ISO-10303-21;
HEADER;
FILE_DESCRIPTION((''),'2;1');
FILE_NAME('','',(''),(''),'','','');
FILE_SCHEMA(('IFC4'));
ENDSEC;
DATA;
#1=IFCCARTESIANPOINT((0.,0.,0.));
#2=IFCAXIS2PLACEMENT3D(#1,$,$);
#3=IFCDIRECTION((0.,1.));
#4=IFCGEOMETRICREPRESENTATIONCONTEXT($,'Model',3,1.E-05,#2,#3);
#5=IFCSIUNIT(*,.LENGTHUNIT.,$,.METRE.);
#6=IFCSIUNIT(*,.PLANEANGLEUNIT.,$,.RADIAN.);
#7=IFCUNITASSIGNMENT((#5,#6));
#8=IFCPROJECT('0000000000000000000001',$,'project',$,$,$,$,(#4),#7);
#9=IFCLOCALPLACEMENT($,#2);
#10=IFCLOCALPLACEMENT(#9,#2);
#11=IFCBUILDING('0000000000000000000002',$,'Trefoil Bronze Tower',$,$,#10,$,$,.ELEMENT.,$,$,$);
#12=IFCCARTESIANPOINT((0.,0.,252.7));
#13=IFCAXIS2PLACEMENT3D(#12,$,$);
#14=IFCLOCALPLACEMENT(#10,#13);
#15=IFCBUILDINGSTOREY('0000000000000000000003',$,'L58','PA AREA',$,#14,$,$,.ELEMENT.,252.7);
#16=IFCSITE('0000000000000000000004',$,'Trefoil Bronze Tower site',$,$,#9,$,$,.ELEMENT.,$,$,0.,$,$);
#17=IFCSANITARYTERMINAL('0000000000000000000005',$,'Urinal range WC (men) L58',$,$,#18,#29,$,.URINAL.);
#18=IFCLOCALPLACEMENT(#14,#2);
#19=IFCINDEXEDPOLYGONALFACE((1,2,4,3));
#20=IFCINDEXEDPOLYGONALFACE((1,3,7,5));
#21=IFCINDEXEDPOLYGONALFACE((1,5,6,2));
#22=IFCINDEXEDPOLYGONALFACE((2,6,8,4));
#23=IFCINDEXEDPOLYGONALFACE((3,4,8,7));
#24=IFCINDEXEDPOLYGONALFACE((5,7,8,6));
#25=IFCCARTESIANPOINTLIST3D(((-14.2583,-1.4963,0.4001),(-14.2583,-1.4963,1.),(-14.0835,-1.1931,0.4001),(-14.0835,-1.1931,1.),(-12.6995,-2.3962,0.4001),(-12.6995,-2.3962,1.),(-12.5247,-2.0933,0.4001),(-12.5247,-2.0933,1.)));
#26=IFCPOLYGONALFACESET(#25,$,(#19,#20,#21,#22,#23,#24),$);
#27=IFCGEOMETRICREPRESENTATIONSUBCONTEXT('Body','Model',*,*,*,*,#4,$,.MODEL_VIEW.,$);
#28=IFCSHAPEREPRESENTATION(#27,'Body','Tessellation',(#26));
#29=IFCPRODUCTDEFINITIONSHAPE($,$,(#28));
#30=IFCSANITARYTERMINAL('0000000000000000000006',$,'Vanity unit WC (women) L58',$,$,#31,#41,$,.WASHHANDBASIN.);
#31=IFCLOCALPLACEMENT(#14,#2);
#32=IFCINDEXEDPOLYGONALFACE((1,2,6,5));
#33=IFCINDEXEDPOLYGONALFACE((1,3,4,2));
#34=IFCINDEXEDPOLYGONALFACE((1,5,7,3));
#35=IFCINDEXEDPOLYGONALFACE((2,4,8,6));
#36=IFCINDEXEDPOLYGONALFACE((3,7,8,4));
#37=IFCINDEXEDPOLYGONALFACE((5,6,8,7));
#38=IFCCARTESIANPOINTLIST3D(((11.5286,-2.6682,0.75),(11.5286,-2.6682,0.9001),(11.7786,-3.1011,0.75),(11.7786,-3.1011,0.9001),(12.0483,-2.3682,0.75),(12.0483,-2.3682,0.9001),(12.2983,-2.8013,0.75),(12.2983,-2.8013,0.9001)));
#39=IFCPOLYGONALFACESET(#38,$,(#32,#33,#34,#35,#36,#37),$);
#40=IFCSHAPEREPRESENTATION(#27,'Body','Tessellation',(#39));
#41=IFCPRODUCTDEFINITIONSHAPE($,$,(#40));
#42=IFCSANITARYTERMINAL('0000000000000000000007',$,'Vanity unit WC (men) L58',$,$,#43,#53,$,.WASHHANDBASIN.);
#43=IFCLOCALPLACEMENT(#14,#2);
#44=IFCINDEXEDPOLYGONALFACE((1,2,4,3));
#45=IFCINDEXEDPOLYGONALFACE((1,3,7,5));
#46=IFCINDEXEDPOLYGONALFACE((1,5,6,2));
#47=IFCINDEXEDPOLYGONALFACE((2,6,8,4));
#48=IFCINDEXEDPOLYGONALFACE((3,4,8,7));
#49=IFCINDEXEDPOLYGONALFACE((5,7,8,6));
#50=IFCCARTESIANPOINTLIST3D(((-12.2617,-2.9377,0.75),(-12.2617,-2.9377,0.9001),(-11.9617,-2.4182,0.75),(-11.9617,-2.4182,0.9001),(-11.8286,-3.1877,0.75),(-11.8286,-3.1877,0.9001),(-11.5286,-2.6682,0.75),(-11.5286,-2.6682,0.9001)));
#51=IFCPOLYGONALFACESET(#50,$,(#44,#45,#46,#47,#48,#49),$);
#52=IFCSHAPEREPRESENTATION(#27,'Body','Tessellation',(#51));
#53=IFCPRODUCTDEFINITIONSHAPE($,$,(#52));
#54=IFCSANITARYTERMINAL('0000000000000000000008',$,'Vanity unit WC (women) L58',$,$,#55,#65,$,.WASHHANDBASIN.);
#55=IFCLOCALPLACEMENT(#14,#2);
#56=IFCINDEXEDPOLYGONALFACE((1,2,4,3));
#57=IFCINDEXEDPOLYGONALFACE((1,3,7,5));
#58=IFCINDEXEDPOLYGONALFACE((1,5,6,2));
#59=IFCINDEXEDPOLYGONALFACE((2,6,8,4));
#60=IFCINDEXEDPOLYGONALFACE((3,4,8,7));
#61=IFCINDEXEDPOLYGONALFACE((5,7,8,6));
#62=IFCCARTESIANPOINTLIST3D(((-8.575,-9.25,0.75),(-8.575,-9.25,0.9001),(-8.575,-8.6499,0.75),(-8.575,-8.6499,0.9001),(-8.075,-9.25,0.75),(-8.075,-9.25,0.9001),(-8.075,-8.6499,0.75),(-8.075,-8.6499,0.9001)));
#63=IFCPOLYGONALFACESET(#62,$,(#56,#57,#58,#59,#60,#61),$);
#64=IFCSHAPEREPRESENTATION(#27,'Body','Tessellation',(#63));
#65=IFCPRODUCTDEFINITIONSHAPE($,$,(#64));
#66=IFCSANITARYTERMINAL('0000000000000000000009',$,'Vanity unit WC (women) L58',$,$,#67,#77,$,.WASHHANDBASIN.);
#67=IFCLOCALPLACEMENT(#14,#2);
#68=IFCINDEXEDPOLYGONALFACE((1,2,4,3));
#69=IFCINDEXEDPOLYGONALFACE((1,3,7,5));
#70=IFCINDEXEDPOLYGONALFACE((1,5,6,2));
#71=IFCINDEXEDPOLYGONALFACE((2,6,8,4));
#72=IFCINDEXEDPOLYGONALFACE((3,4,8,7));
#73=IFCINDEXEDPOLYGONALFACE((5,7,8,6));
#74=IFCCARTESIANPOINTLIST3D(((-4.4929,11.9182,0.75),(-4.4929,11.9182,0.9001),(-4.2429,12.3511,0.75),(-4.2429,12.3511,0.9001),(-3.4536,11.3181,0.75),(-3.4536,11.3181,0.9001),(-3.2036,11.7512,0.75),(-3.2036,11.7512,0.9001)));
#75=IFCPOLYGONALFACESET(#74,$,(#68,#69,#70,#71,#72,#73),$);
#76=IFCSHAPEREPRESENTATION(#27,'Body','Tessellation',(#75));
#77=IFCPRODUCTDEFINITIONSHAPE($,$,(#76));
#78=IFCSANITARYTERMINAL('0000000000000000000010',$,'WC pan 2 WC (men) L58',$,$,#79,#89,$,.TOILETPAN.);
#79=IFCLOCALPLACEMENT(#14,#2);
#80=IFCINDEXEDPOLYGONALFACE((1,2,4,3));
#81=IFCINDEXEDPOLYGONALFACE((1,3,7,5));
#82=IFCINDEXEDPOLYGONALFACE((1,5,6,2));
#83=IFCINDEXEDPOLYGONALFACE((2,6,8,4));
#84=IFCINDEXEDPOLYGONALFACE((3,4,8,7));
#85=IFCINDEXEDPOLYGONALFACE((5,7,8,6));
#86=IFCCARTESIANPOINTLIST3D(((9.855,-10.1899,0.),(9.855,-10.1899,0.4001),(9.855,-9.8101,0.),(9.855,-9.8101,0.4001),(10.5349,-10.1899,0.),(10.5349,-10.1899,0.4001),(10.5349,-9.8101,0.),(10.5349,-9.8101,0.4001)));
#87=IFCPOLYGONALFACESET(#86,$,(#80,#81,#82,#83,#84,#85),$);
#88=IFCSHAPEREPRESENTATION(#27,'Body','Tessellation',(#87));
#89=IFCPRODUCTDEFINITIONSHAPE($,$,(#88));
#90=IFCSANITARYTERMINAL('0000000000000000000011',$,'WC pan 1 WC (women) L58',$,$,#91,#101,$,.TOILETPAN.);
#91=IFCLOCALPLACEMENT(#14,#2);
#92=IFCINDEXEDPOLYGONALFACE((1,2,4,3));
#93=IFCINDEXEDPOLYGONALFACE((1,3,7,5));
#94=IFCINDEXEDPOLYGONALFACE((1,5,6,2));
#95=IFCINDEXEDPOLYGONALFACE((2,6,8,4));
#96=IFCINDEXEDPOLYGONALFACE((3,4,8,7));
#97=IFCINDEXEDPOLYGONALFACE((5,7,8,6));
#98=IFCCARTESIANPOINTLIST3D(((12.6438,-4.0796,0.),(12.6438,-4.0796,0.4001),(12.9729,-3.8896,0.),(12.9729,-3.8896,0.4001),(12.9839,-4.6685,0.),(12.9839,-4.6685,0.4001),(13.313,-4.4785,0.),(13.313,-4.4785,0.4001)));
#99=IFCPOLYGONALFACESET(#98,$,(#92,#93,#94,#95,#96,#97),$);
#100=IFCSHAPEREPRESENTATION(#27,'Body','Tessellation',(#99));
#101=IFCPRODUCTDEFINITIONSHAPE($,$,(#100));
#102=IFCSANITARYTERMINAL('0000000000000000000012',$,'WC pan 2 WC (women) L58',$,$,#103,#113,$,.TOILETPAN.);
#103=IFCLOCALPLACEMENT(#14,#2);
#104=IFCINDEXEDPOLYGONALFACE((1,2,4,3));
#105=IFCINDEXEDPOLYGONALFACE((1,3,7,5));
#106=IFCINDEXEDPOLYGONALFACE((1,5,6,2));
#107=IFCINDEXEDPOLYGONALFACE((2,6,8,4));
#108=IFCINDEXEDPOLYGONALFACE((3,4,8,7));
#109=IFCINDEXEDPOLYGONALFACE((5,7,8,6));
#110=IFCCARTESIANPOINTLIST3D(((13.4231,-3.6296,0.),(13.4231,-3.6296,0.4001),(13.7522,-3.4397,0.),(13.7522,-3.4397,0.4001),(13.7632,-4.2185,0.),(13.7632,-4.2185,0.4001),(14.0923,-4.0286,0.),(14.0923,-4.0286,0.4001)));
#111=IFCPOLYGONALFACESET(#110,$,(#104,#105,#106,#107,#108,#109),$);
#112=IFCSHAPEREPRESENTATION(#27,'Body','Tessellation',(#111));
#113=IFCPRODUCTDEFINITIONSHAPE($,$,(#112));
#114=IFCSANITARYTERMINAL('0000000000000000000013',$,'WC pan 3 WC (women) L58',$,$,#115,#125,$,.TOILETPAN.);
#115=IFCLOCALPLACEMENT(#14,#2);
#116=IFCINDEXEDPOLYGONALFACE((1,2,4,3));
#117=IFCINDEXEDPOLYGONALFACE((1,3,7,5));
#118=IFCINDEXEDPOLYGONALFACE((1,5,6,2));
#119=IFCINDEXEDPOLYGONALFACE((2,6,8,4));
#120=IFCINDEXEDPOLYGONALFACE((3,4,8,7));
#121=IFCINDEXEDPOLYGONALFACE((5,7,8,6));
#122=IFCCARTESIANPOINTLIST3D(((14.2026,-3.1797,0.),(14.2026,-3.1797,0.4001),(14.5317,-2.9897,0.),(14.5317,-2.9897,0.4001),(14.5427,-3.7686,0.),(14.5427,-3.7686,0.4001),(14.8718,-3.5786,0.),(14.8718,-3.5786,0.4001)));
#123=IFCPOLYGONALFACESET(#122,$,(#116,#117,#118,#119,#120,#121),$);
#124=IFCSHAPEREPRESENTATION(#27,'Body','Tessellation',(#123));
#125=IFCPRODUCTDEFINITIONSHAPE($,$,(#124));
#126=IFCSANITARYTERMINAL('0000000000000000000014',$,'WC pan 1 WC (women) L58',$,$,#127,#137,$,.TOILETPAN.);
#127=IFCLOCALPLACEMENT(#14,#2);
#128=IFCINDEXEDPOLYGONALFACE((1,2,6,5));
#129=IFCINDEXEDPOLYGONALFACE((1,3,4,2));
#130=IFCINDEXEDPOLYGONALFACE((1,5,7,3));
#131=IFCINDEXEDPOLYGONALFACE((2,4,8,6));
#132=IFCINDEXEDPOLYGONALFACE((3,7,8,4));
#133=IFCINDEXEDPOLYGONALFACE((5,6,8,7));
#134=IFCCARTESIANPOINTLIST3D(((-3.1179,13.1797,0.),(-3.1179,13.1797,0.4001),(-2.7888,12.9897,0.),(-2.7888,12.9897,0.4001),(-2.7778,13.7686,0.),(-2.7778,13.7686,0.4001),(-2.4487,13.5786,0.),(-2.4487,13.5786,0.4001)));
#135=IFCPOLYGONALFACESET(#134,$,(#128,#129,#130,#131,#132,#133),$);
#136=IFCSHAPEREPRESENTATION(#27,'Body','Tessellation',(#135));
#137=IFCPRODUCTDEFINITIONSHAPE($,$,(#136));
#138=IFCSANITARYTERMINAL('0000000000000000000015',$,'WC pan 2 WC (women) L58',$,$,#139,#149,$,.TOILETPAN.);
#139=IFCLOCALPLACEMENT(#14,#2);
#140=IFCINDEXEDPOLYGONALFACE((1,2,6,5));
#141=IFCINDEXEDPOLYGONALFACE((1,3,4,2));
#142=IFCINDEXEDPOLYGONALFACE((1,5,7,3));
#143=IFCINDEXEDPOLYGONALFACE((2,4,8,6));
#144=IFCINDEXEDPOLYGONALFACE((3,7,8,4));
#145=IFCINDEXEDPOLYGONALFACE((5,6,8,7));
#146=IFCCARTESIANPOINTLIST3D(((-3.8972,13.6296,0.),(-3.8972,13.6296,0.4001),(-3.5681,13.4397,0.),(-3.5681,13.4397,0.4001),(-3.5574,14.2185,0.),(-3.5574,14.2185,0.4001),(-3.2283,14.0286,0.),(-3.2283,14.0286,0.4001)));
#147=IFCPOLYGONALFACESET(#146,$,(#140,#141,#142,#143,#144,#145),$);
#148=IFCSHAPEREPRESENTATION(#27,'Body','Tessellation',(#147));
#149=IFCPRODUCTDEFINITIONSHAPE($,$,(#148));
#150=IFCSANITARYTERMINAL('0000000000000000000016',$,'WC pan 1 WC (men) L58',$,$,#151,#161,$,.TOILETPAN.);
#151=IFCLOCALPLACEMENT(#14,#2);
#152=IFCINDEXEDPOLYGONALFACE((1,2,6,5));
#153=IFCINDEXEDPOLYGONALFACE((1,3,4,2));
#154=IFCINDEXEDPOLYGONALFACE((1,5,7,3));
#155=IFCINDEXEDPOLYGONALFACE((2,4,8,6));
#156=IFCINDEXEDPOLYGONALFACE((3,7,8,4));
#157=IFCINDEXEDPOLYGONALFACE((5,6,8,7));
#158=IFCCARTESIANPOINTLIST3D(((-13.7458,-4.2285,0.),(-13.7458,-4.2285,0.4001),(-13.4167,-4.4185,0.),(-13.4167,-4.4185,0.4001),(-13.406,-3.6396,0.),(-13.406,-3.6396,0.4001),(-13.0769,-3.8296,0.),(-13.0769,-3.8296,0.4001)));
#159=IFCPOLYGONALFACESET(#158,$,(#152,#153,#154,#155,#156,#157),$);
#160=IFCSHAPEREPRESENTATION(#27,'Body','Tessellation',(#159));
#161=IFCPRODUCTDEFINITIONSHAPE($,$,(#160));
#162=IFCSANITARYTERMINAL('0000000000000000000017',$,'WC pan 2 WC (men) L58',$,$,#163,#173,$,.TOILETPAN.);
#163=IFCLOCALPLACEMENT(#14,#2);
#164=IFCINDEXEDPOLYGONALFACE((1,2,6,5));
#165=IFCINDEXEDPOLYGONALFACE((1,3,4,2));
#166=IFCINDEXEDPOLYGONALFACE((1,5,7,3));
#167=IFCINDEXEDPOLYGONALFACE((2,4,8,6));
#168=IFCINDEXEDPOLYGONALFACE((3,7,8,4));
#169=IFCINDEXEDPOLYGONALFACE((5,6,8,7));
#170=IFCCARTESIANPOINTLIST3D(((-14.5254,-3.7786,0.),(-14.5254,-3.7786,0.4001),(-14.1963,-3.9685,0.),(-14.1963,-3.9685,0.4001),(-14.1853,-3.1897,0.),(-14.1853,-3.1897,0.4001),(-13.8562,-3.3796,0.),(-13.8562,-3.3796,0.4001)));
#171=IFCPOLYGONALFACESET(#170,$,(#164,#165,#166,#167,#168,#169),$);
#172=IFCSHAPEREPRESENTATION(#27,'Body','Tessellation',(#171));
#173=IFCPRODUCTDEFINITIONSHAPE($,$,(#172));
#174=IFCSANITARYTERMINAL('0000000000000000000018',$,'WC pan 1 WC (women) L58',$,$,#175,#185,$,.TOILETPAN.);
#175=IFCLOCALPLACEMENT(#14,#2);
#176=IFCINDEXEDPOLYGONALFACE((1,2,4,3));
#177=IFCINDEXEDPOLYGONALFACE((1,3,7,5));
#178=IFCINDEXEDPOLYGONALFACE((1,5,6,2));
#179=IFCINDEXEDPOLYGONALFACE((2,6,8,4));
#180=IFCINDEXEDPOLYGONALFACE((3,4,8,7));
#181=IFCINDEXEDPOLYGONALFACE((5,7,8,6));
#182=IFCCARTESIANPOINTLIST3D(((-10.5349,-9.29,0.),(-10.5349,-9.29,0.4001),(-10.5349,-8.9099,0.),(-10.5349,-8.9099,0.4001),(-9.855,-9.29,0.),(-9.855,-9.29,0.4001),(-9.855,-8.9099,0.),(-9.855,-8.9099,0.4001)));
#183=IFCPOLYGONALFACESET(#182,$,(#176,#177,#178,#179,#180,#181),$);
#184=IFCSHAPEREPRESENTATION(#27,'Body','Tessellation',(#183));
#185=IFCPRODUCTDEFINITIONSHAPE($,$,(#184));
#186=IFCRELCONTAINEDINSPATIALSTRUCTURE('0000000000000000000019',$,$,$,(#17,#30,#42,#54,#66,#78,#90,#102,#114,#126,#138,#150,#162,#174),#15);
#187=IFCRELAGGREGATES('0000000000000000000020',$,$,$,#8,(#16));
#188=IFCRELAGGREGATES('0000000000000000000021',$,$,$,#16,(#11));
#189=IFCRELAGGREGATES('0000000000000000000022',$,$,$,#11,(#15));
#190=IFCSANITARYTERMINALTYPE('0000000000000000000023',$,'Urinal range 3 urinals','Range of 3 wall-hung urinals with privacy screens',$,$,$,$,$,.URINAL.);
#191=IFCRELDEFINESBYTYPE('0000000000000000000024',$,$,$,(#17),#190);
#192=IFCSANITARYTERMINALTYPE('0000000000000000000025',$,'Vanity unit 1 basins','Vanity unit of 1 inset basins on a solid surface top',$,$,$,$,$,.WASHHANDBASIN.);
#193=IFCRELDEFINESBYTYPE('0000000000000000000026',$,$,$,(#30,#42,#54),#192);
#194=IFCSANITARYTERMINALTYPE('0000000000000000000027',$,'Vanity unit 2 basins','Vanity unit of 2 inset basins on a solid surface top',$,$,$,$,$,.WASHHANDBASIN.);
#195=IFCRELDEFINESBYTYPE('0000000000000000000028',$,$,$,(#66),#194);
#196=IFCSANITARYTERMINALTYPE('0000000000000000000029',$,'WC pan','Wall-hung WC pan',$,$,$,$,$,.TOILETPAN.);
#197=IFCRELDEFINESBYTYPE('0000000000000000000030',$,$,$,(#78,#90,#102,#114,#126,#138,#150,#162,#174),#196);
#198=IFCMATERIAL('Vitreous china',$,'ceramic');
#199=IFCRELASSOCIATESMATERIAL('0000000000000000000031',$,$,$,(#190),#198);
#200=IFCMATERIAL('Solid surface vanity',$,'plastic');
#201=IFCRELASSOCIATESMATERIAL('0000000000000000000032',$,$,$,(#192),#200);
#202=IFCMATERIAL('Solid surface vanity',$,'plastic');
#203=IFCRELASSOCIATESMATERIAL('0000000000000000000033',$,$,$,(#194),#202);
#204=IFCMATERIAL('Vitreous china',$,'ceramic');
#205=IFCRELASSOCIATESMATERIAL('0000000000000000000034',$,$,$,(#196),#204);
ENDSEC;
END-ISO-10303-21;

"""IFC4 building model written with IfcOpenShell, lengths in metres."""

from ifc_helpers import new_model, si_unit, direction, frame, origin, place, context, subcontext, project, spatial, polyline, outline, extrude, material, type_object, element, save


model = new_model("IFC4")

# Units and contexts
model_context = context("Model", 3, precision=1e-05, world=origin(), true_north=direction((0.0, 1.0)))
body_context = subcontext(model_context, "Body", "Model", "MODEL_VIEW")
ifc_project = project(units=[si_unit("LENGTHUNIT", "METRE"), si_unit("PLANEANGLEUNIT", "RADIAN")], contexts=[model_context])

# Site, building, storey
site_placement = place(None, origin())
site = spatial("IfcSite", under=ifc_project, at=site_placement, Name="Trefoil Bronze Tower site", CompositionType="ELEMENT", RefElevation=0.0)
building_placement = place(site_placement, origin())
building = spatial("IfcBuilding", under=site, at=building_placement, Name="Trefoil Bronze Tower", CompositionType="ELEMENT")
storey_placement = place(building_placement, frame((0.0, 0.0, 252.7)))
storey = spatial("IfcBuildingStorey", under=building, at=storey_placement, Name="L58", Description="PA AREA", CompositionType="ELEMENT", Elevation=252.7)

# Sanitary terminals
ifc_material_1 = material(Name="Vitreous china", Category="ceramic")
sanitary_terminal_type_1 = type_object("IfcSanitaryTerminalType", Name="Urinal range 3 urinals", Description="Range of 3 wall-hung urinals with privacy screens", PredefinedType="URINAL", material=ifc_material_1)
sanitary_terminal_1_placement = place(storey_placement, frame((0.0, 0.0, 0.4001)))
element("IfcSanitaryTerminal", 1, at=sanitary_terminal_1_placement, inside=storey, type_object=sanitary_terminal_type_1, Name="Urinal range WC (men) L58", PredefinedType="URINAL", context=body_context, shape_type="SweptSolid", body=[
    extrude(outline(polyline([(-12.5247, -2.0933), (-12.6995, -2.3962), (-14.2583, -1.4963), (-14.0835, -1.1931), (-12.5247, -2.0933)])), origin(), (0.0, 0.0, 1.0), 0.5999),
])
ifc_material_2 = material(Name="Solid surface vanity", Category="plastic")
sanitary_terminal_type_2 = type_object("IfcSanitaryTerminalType", Name="Vanity unit 1 basins", Description="Vanity unit of 1 inset basins on a solid surface top", PredefinedType="WASHHANDBASIN", material=ifc_material_2)
sanitary_terminal_2_placement = place(storey_placement, frame((0.0, 0.0, 0.75)))
element("IfcSanitaryTerminal", 2, at=sanitary_terminal_2_placement, inside=storey, type_object=sanitary_terminal_type_2, Name="Vanity unit WC (women) L58", PredefinedType="WASHHANDBASIN", context=body_context, shape_type="SweptSolid", body=[
    extrude(outline(polyline([(11.5286, -2.6682), (11.7786, -3.1011), (12.2983, -2.8013), (12.0483, -2.3682), (11.5286, -2.6682)])), origin(), (0.0, 0.0, 1.0), 0.1501),
])
sanitary_terminal_3_placement = place(storey_placement, frame((0.0, 0.0, 0.75)))
element("IfcSanitaryTerminal", 3, at=sanitary_terminal_3_placement, inside=storey, type_object=sanitary_terminal_type_2, Name="Vanity unit WC (men) L58", PredefinedType="WASHHANDBASIN", context=body_context, shape_type="SweptSolid", body=[
    extrude(outline(polyline([(-11.5286, -2.6682), (-11.8286, -3.1877), (-12.2617, -2.9377), (-11.9617, -2.4182), (-11.5286, -2.6682)])), origin(), (0.0, 0.0, 1.0), 0.1501),
])
sanitary_terminal_4_placement = place(storey_placement, frame((0.0, 0.0, 0.75)))
element("IfcSanitaryTerminal", 4, at=sanitary_terminal_4_placement, inside=storey, type_object=sanitary_terminal_type_2, Name="Vanity unit WC (women) L58", PredefinedType="WASHHANDBASIN", context=body_context, shape_type="SweptSolid", body=[
    extrude(outline(polyline([(-8.075, -8.6499), (-8.575, -8.6499), (-8.575, -9.25), (-8.075, -9.25), (-8.075, -8.6499)])), origin(), (0.0, 0.0, 1.0), 0.1501),
])
ifc_material_3 = material(Name="Solid surface vanity", Category="plastic")
sanitary_terminal_type_3 = type_object("IfcSanitaryTerminalType", Name="Vanity unit 2 basins", Description="Vanity unit of 2 inset basins on a solid surface top", PredefinedType="WASHHANDBASIN", material=ifc_material_3)
sanitary_terminal_5_placement = place(storey_placement, frame((0.0, 0.0, 0.75)))
element("IfcSanitaryTerminal", 5, at=sanitary_terminal_5_placement, inside=storey, type_object=sanitary_terminal_type_3, Name="Vanity unit WC (women) L58", PredefinedType="WASHHANDBASIN", context=body_context, shape_type="SweptSolid", body=[
    extrude(outline(polyline([(-3.4536, 11.3181), (-3.2036, 11.7512), (-4.2429, 12.3511), (-4.4929, 11.9182), (-3.4536, 11.3181)])), origin(), (0.0, 0.0, 1.0), 0.1501),
])
ifc_material_4 = material(Name="Vitreous china", Category="ceramic")
sanitary_terminal_type_4 = type_object("IfcSanitaryTerminalType", Name="WC pan", Description="Wall-hung WC pan", PredefinedType="TOILETPAN", material=ifc_material_4)
sanitary_terminal_6_placement = place(storey_placement, origin())
element("IfcSanitaryTerminal", 6, at=sanitary_terminal_6_placement, inside=storey, type_object=sanitary_terminal_type_4, Name="WC pan 2 WC (men) L58", PredefinedType="TOILETPAN", context=body_context, shape_type="SweptSolid", body=[
    extrude(outline(polyline([(9.855, -9.8101), (10.5349, -9.8101), (10.5349, -10.1899), (9.855, -10.1899), (9.855, -9.8101)])), origin(), (0.0, 0.0, 1.0), 0.4001),
])
sanitary_terminal_7_placement = place(storey_placement, origin())
element("IfcSanitaryTerminal", 7, at=sanitary_terminal_7_placement, inside=storey, type_object=sanitary_terminal_type_4, Name="WC pan 1 WC (women) L58", PredefinedType="TOILETPAN", context=body_context, shape_type="SweptSolid", body=[
    extrude(outline(polyline([(12.6438, -4.0796), (12.9839, -4.6685), (13.313, -4.4785), (12.9729, -3.8896), (12.6438, -4.0796)])), origin(), (0.0, 0.0, 1.0), 0.4001),
])
sanitary_terminal_8_placement = place(storey_placement, origin())
element("IfcSanitaryTerminal", 8, at=sanitary_terminal_8_placement, inside=storey, type_object=sanitary_terminal_type_4, Name="WC pan 2 WC (women) L58", PredefinedType="TOILETPAN", context=body_context, shape_type="SweptSolid", body=[
    extrude(outline(polyline([(13.4231, -3.6296), (13.7632, -4.2185), (14.0923, -4.0286), (13.7522, -3.4397), (13.4231, -3.6296)])), origin(), (0.0, 0.0, 1.0), 0.4001),
])
sanitary_terminal_9_placement = place(storey_placement, origin())
element("IfcSanitaryTerminal", 9, at=sanitary_terminal_9_placement, inside=storey, type_object=sanitary_terminal_type_4, Name="WC pan 3 WC (women) L58", PredefinedType="TOILETPAN", context=body_context, shape_type="SweptSolid", body=[
    extrude(outline(polyline([(14.2026, -3.1797), (14.5427, -3.7686), (14.8718, -3.5786), (14.5317, -2.9897), (14.2026, -3.1797)])), origin(), (0.0, 0.0, 1.0), 0.4001),
])
sanitary_terminal_10_placement = place(storey_placement, origin())
element("IfcSanitaryTerminal", 10, at=sanitary_terminal_10_placement, inside=storey, type_object=sanitary_terminal_type_4, Name="WC pan 1 WC (women) L58", PredefinedType="TOILETPAN", context=body_context, shape_type="SweptSolid", body=[
    extrude(outline(polyline([(-2.7888, 12.9897), (-2.4487, 13.5786), (-2.7778, 13.7686), (-3.1179, 13.1797), (-2.7888, 12.9897)])), origin(), (0.0, 0.0, 1.0), 0.4001),
])
sanitary_terminal_11_placement = place(storey_placement, origin())
element("IfcSanitaryTerminal", 11, at=sanitary_terminal_11_placement, inside=storey, type_object=sanitary_terminal_type_4, Name="WC pan 2 WC (women) L58", PredefinedType="TOILETPAN", context=body_context, shape_type="SweptSolid", body=[
    extrude(outline(polyline([(-3.5681, 13.4397), (-3.2283, 14.0286), (-3.5574, 14.2185), (-3.8972, 13.6296), (-3.5681, 13.4397)])), origin(), (0.0, 0.0, 1.0), 0.4001),
])
sanitary_terminal_12_placement = place(storey_placement, origin())
element("IfcSanitaryTerminal", 12, at=sanitary_terminal_12_placement, inside=storey, type_object=sanitary_terminal_type_4, Name="WC pan 1 WC (men) L58", PredefinedType="TOILETPAN", context=body_context, shape_type="SweptSolid", body=[
    extrude(outline(polyline([(-13.0769, -3.8296), (-13.4167, -4.4185), (-13.7458, -4.2285), (-13.406, -3.6396), (-13.0769, -3.8296)])), origin(), (0.0, 0.0, 1.0), 0.4001),
])
sanitary_terminal_13_placement = place(storey_placement, origin())
element("IfcSanitaryTerminal", 13, at=sanitary_terminal_13_placement, inside=storey, type_object=sanitary_terminal_type_4, Name="WC pan 2 WC (men) L58", PredefinedType="TOILETPAN", context=body_context, shape_type="SweptSolid", body=[
    extrude(outline(polyline([(-13.8562, -3.3796), (-14.1963, -3.9685), (-14.5254, -3.7786), (-14.1853, -3.1897), (-13.8562, -3.3796)])), origin(), (0.0, 0.0, 1.0), 0.4001),
])
sanitary_terminal_14_placement = place(storey_placement, origin())
element("IfcSanitaryTerminal", 14, at=sanitary_terminal_14_placement, inside=storey, type_object=sanitary_terminal_type_4, Name="WC pan 1 WC (women) L58", PredefinedType="TOILETPAN", context=body_context, shape_type="SweptSolid", body=[
    extrude(outline(polyline([(-9.855, -8.9099), (-10.5349, -8.9099), (-10.5349, -9.29), (-9.855, -9.29), (-9.855, -8.9099)])), origin(), (0.0, 0.0, 1.0), 0.4001),
])

save(model, "model.ifc")
